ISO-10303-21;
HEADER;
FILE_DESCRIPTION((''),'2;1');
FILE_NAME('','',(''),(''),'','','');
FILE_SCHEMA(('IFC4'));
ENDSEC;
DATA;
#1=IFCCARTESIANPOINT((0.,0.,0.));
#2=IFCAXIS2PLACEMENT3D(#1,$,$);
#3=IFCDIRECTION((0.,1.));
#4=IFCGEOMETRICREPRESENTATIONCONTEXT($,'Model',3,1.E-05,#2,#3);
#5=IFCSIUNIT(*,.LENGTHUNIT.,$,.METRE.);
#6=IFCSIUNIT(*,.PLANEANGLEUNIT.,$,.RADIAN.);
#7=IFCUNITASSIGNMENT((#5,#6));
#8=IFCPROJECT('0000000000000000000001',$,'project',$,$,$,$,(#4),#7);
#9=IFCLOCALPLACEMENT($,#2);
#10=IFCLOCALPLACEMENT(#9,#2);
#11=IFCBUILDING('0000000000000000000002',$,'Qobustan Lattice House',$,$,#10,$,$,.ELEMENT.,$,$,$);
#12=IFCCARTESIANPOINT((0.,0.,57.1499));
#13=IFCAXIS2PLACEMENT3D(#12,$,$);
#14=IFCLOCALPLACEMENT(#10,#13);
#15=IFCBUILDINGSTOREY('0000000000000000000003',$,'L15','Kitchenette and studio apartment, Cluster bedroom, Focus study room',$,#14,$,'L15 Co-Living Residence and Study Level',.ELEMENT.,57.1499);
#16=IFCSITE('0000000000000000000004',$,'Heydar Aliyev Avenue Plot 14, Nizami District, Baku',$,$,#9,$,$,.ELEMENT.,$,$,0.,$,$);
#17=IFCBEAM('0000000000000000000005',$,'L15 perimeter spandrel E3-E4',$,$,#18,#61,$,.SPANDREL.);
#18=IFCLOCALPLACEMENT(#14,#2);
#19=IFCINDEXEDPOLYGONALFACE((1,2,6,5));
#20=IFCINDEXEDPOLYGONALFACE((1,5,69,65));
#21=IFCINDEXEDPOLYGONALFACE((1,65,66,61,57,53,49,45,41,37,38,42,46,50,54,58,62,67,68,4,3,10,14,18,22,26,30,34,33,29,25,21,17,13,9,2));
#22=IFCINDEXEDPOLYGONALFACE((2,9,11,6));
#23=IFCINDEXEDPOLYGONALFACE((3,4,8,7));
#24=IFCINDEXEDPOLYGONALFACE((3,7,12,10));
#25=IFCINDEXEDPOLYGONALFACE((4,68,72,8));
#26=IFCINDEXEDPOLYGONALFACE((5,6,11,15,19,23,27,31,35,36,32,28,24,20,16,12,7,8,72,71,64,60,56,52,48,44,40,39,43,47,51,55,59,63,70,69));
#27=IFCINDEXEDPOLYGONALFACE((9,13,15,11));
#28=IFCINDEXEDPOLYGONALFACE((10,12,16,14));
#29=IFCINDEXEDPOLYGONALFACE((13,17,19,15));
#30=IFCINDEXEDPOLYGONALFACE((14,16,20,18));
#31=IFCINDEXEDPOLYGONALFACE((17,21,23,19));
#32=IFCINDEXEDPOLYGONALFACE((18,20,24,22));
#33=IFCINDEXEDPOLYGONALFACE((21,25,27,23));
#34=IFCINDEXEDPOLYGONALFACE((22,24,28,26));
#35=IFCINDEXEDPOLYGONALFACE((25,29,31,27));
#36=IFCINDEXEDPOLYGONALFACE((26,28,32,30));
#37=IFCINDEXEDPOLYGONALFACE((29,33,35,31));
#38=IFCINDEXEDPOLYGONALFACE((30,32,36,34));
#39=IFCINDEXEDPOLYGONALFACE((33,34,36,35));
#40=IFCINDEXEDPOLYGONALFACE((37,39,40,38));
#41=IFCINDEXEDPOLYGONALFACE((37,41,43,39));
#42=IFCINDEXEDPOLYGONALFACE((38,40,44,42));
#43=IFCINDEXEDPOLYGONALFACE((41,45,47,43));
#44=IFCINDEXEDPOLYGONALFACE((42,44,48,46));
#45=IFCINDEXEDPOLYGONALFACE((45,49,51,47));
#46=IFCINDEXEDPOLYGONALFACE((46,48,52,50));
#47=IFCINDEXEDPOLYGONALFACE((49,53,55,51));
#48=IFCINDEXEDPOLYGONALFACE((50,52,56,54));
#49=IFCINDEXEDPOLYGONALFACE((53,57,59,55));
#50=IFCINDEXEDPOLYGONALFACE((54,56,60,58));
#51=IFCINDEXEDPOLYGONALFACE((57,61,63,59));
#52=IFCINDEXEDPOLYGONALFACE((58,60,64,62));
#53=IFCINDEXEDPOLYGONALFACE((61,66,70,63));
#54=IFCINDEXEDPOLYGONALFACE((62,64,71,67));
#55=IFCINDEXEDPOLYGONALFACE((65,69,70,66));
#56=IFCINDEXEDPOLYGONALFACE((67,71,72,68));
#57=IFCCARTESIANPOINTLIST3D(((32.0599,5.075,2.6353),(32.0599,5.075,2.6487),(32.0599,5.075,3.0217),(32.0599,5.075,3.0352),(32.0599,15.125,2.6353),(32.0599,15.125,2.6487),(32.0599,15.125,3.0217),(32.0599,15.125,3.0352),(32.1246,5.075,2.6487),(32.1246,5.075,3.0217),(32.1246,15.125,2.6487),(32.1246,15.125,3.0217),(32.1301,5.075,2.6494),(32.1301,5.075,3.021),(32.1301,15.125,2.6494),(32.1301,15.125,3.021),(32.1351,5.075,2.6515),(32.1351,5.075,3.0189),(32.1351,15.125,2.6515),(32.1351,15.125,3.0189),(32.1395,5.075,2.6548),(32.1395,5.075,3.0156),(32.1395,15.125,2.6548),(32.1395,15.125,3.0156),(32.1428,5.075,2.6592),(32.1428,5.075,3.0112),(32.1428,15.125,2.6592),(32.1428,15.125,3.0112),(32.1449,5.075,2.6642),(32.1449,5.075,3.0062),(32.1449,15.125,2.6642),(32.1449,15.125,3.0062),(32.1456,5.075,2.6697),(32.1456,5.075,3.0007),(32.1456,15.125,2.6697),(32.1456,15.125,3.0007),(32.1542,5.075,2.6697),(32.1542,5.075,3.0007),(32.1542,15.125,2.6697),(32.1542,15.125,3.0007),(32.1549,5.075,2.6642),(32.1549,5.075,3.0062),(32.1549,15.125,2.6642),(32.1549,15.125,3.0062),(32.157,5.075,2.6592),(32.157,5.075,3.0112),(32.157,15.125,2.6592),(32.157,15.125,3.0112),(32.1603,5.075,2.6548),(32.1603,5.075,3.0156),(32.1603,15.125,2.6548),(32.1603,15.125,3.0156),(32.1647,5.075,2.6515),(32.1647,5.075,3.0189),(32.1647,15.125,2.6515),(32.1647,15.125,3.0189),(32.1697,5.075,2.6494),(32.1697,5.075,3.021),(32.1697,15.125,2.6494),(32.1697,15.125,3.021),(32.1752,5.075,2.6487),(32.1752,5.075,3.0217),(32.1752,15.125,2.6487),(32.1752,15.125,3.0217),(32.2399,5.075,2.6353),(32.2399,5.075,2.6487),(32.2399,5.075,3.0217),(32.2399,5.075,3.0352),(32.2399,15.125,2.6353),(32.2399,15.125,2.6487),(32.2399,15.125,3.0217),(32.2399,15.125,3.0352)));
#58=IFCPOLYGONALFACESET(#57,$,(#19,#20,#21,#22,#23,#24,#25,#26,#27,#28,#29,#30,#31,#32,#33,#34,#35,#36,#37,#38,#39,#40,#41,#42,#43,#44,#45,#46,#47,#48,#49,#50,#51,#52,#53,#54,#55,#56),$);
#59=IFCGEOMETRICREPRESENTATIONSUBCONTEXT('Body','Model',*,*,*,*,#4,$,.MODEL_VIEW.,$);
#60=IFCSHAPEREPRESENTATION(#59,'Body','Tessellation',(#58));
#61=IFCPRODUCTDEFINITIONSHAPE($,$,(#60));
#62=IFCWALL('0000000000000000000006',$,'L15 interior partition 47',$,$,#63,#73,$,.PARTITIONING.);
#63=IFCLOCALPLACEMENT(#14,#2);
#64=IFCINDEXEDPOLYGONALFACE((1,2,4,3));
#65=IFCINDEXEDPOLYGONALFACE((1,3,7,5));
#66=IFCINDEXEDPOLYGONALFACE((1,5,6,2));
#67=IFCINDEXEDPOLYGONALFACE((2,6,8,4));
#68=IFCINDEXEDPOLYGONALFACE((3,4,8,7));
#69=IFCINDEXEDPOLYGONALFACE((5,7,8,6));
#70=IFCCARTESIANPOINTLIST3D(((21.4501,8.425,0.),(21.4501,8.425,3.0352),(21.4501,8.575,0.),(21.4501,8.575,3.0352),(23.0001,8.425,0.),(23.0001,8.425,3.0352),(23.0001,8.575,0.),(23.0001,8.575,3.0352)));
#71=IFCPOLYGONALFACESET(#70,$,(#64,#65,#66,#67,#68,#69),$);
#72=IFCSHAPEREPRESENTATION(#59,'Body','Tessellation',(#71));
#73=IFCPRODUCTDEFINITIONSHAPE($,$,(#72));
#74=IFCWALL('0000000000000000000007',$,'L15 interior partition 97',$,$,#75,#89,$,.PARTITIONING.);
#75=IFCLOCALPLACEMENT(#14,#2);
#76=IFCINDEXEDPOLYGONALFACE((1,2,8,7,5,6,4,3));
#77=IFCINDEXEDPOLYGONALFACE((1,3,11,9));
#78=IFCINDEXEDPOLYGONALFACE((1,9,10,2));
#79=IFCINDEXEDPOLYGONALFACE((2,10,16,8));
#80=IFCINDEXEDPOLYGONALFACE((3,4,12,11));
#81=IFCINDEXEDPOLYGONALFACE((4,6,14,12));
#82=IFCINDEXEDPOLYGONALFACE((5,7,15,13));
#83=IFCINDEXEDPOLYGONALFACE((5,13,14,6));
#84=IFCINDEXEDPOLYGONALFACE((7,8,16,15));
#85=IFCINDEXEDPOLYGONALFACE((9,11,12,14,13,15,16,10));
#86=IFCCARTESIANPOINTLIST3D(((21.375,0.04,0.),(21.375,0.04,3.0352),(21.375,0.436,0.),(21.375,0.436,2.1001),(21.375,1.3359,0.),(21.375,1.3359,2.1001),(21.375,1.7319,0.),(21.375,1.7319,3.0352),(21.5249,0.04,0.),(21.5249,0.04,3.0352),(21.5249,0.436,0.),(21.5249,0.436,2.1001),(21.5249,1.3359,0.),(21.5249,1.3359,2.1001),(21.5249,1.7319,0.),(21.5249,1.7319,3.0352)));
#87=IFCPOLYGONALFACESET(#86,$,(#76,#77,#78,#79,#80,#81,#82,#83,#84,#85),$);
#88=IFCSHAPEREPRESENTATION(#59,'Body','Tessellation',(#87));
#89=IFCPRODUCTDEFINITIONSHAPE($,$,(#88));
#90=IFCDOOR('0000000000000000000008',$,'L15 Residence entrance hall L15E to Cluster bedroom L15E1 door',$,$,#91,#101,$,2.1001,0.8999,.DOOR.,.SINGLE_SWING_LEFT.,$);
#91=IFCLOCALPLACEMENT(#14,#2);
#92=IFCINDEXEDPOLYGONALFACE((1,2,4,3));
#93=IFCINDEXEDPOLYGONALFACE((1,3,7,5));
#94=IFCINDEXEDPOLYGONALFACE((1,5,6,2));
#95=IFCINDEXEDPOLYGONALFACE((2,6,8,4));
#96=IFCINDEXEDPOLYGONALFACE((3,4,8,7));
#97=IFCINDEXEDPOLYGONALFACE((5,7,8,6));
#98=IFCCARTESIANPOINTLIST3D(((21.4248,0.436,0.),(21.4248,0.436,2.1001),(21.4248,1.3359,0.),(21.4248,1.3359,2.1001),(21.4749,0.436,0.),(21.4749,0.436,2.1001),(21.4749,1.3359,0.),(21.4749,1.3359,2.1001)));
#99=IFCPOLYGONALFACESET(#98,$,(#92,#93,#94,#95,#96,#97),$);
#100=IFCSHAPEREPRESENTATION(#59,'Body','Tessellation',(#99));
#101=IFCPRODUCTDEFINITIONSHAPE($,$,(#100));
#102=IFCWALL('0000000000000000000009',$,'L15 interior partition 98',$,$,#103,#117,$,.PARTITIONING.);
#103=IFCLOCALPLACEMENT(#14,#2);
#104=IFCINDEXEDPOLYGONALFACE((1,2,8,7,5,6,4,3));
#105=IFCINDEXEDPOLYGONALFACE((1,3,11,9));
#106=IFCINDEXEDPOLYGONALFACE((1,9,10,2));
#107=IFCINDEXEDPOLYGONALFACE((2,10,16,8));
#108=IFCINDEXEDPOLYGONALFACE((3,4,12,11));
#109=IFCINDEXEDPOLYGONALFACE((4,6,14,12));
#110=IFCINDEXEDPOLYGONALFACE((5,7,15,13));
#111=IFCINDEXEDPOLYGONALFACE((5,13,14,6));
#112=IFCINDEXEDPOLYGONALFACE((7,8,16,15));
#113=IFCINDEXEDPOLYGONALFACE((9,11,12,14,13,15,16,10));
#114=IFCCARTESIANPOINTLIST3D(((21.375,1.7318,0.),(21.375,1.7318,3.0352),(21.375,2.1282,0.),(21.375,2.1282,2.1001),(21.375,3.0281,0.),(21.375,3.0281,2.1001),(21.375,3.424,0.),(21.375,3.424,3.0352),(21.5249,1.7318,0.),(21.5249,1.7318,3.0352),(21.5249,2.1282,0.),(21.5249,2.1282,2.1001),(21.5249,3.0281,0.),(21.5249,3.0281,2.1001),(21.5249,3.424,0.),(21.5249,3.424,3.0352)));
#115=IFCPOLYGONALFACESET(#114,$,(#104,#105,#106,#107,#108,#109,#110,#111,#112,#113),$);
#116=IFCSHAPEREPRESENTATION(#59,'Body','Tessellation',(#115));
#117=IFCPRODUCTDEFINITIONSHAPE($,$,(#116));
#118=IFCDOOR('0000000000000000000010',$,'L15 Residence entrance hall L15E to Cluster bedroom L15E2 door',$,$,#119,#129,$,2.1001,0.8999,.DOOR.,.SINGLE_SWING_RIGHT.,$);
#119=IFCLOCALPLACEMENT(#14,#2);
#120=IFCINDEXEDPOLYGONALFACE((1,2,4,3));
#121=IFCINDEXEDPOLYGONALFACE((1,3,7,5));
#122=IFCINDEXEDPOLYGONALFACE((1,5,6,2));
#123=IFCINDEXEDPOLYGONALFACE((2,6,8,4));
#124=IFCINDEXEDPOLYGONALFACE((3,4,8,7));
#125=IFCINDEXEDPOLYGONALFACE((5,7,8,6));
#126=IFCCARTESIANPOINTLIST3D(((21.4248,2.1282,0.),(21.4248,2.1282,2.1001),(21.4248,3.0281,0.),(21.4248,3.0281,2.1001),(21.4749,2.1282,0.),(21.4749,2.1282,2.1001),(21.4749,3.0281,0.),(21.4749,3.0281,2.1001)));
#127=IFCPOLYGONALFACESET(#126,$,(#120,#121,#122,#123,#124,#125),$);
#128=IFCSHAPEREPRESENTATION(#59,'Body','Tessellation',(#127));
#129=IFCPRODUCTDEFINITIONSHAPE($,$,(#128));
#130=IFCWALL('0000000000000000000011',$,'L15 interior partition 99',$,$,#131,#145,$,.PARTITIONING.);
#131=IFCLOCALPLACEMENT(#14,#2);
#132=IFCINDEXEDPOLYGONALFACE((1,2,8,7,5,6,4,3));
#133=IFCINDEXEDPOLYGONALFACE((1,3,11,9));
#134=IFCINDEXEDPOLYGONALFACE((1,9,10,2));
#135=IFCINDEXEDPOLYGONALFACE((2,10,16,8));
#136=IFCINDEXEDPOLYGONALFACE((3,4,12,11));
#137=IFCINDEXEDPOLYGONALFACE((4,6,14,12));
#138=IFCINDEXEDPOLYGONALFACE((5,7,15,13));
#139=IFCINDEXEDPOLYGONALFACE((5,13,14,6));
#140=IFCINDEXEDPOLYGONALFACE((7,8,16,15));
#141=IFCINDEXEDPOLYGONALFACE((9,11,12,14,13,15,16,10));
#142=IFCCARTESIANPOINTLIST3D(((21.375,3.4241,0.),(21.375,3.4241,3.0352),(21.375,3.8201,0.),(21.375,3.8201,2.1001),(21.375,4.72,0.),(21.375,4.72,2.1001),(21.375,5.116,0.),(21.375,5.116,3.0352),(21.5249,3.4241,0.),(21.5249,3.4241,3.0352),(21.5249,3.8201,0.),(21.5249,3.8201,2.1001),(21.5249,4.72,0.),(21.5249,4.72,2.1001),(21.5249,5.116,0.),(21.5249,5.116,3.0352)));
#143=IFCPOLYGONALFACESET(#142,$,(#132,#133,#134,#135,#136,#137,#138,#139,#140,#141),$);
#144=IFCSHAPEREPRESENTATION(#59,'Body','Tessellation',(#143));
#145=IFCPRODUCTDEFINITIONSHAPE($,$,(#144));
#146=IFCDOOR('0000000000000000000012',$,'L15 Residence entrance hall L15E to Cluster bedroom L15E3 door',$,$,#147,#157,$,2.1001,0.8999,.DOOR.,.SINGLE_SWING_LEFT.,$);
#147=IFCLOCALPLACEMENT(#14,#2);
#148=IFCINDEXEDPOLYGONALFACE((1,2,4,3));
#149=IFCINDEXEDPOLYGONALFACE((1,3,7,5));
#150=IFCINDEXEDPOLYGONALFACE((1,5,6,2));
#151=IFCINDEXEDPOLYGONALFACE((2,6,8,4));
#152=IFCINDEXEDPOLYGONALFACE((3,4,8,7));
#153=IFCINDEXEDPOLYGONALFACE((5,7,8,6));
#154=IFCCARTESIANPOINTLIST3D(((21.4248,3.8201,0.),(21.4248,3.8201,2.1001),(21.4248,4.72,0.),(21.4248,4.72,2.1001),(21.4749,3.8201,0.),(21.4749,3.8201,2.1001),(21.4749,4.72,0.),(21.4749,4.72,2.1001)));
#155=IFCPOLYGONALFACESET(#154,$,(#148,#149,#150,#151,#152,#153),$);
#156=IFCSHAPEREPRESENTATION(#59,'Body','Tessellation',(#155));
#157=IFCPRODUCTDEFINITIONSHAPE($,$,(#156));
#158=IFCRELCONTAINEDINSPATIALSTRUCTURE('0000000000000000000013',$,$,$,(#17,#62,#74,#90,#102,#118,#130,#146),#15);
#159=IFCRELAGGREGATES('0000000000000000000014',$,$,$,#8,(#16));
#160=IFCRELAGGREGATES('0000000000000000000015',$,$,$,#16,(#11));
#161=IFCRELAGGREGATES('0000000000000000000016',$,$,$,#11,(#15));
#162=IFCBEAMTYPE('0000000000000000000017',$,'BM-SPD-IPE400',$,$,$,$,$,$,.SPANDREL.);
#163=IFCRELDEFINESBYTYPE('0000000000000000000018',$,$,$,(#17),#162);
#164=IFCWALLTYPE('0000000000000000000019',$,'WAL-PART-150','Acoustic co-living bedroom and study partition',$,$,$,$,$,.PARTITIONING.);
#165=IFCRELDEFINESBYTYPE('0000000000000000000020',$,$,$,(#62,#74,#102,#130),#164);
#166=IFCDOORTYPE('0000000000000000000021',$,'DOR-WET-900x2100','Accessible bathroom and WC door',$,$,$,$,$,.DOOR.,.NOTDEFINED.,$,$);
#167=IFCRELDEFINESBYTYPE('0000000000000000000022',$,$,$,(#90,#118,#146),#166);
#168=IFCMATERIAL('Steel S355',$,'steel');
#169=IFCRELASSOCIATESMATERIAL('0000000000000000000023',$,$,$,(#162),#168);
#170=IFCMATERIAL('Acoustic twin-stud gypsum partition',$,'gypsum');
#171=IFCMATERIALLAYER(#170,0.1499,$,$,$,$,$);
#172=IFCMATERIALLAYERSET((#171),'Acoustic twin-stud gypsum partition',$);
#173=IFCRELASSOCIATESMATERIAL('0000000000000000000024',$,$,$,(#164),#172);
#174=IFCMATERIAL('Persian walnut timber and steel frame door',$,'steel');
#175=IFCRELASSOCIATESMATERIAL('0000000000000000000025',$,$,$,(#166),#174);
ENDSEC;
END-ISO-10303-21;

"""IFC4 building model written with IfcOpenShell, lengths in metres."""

from ifc_helpers import new_model, si_unit, direction, frame, frame_2d, origin, origin_2d, place, context, subcontext, project, spatial, rectangle, i_section, extrude, material, layer, layer_set, material_profile, profile_set, type_object, element, fill, save


model = new_model("IFC4")

# Units and contexts
model_context = context("Model", 3, precision=1e-05, world=origin(), true_north=direction((0.0, 1.0)))
body_context = subcontext(model_context, "Body", "Model", "MODEL_VIEW")
ifc_project = project(units=[si_unit("LENGTHUNIT", "METRE"), si_unit("PLANEANGLEUNIT", "RADIAN")], contexts=[model_context])

# Site, building, storey
site_placement = place(None, origin())
site = spatial("IfcSite", under=ifc_project, at=site_placement, Name="Heydar Aliyev Avenue Plot 14, Nizami District, Baku", CompositionType="ELEMENT", RefElevation=0.0)
building_placement = place(site_placement, origin())
building = spatial("IfcBuilding", under=site, at=building_placement, Name="Qobustan Lattice House", CompositionType="ELEMENT")
storey_placement = place(building_placement, frame((0.0, 0.0, 57.1499)))
storey = spatial("IfcBuildingStorey", under=building, at=storey_placement, Name="L15", Description="Kitchenette and studio apartment, Cluster bedroom, Focus study room", LongName="L15 Co-Living Residence and Study Level", CompositionType="ELEMENT", Elevation=57.1499)

# Beam
ifc_material_1 = material(Name="Steel S355", Category="steel")
ifc_material_profile_1 = material_profile(ifc_material_1, i_section(OverallWidth=0.1799, OverallDepth=0.3999, WebThickness=0.0085, FlangeThickness=0.0134, FilletRadius=0.021, at=origin_2d()), Name="IPE400")
ifc_profile_set_1 = profile_set([ifc_material_profile_1], Name="Steel S355")
beam_type_1 = type_object("IfcBeamType", Name="BM-SPD-IPE400", PredefinedType="SPANDREL", material=ifc_profile_set_1)
beam_1_placement = place(storey_placement, frame((32.1499, 5.075, 2.8352), z_axis=(0.0, 1.0, 0.0), x_axis=(-1.0, 0.0, 0.0)))
element("IfcBeam", 1, at=beam_1_placement, inside=storey, type_object=beam_type_1, Name="L15 perimeter spandrel E3-E4", PredefinedType="SPANDREL", context=body_context, shape_type="SweptSolid", body=[
    extrude(i_section(OverallWidth=0.1799, OverallDepth=0.3999, WebThickness=0.0085, FlangeThickness=0.0134, FilletRadius=0.021, at=origin_2d()), origin(), (0.0, 0.0, 1.0), 10.05),
])

# Wall
ifc_material_2 = material(Name="Acoustic twin-stud gypsum partition", Category="gypsum")
ifc_layer_1 = layer(ifc_material_2, 0.1499)
ifc_layer_set_1 = layer_set([ifc_layer_1], Name="Acoustic twin-stud gypsum partition")
wall_type_1 = type_object("IfcWallType", Name="WAL-PART-150", Description="Acoustic co-living bedroom and study partition", PredefinedType="PARTITIONING", material=ifc_layer_set_1)
wall_1_placement = place(storey_placement, frame((23.0, 8.5, 0.0), z_axis=(0.0, 0.0, 1.0), x_axis=(-1.0, 0.0, 0.0)))
element("IfcWall", 2, at=wall_1_placement, inside=storey, type_object=wall_type_1, Name="L15 interior partition 47", PredefinedType="PARTITIONING", context=body_context, shape_type="SweptSolid", body=[
    extrude(rectangle(XDim=1.55, YDim=0.1499, at=frame_2d((0.7749, 0.0))), origin(), (0.0, 0.0, 1.0), 3.0352),
])

# Walls, openings, doors
wall_2_placement = place(storey_placement, frame((21.45, 1.7319, 0.0), z_axis=(0.0, 0.0, 1.0), x_axis=(0.0, -1.0, 0.0)))
wall_2 = element("IfcWall", 3, at=wall_2_placement, inside=storey, type_object=wall_type_1, Name="L15 interior partition 97", PredefinedType="PARTITIONING", context=body_context, shape_type="SweptSolid", body=[
    extrude(rectangle(XDim=1.6919, YDim=0.1499, at=frame_2d((0.8459, 0.0))), origin(), (0.0, 0.0, 1.0), 3.0352),
])
opening_1_placement = place(wall_2_placement, frame((0.396, 0.0, 0.0)))
opening_1 = element("IfcOpeningElement", 4, at=opening_1_placement, cuts=wall_2, PredefinedType="OPENING", context=body_context, shape_type="SweptSolid", body=[
    extrude(rectangle(XDim=0.8999, YDim=2.1001, at=frame_2d((0.45, 1.05))), frame((0.0, 0.085, 0.0), z_axis=(0.0, -1.0, 0.0), x_axis=(1.0, 0.0, 0.0)), (0.0, 0.0, 1.0), 0.1699),
])
ifc_material_3 = material(Name="Persian walnut timber and steel frame door", Category="steel")
door_type_1 = type_object("IfcDoorType", Name="DOR-WET-900x2100", Description="Accessible bathroom and WC door", OperationType="NOTDEFINED", PredefinedType="DOOR", material=ifc_material_3)
door_1_placement = place(opening_1_placement, origin())
door_1 = element("IfcDoor", 5, at=door_1_placement, inside=storey, type_object=door_type_1, Name="L15 Residence entrance hall L15E to Cluster bedroom L15E1 door", OperationType="SINGLE_SWING_LEFT", OverallHeight=2.1001, OverallWidth=0.8999, PredefinedType="DOOR", context=body_context, shape_type="SweptSolid", body=[
    extrude(rectangle(XDim=0.8999, YDim=2.1001, at=frame_2d((0.45, 1.05))), frame((0.0, 0.0249, 0.0), z_axis=(0.0, -1.0, 0.0), x_axis=(1.0, 0.0, 0.0)), (0.0, 0.0, 1.0), 0.05),
])
fill(opening_1, door_1)
wall_3_placement = place(storey_placement, frame((21.45, 3.4241, 0.0), z_axis=(0.0, 0.0, 1.0), x_axis=(0.0, -1.0, 0.0)))
wall_3 = element("IfcWall", 6, at=wall_3_placement, inside=storey, type_object=wall_type_1, Name="L15 interior partition 98", PredefinedType="PARTITIONING", context=body_context, shape_type="SweptSolid", body=[
    extrude(rectangle(XDim=1.6921, YDim=0.1499, at=frame_2d((0.8462, 0.0))), origin(), (0.0, 0.0, 1.0), 3.0352),
])
opening_2_placement = place(wall_3_placement, frame((0.396, 0.0, 0.0)))
opening_2 = element("IfcOpeningElement", 7, at=opening_2_placement, cuts=wall_3, PredefinedType="OPENING", context=body_context, shape_type="SweptSolid", body=[
    extrude(rectangle(XDim=0.8999, YDim=2.1001, at=frame_2d((0.45, 1.05))), frame((0.0, 0.085, 0.0), z_axis=(0.0, -1.0, 0.0), x_axis=(1.0, 0.0, 0.0)), (0.0, 0.0, 1.0), 0.1699),
])
door_2_placement = place(opening_2_placement, origin())
door_2 = element("IfcDoor", 8, at=door_2_placement, inside=storey, type_object=door_type_1, Name="L15 Residence entrance hall L15E to Cluster bedroom L15E2 door", OperationType="SINGLE_SWING_RIGHT", OverallHeight=2.1001, OverallWidth=0.8999, PredefinedType="DOOR", context=body_context, shape_type="SweptSolid", body=[
    extrude(rectangle(XDim=0.8999, YDim=2.1001, at=frame_2d((0.45, 1.05))), frame((0.0, 0.0249, 0.0), z_axis=(0.0, -1.0, 0.0), x_axis=(1.0, 0.0, 0.0)), (0.0, 0.0, 1.0), 0.05),
])
fill(opening_2, door_2)
wall_4_placement = place(storey_placement, frame((21.45, 5.116, 0.0), z_axis=(0.0, 0.0, 1.0), x_axis=(0.0, -1.0, 0.0)))
wall_4 = element("IfcWall", 9, at=wall_4_placement, inside=storey, type_object=wall_type_1, Name="L15 interior partition 99", PredefinedType="PARTITIONING", context=body_context, shape_type="SweptSolid", body=[
    extrude(rectangle(XDim=1.6919, YDim=0.1499, at=frame_2d((0.8459, 0.0))), origin(), (0.0, 0.0, 1.0), 3.0352),
])
opening_3_placement = place(wall_4_placement, frame((0.396, 0.0, 0.0)))
opening_3 = element("IfcOpeningElement", 10, at=opening_3_placement, cuts=wall_4, PredefinedType="OPENING", context=body_context, shape_type="SweptSolid", body=[
    extrude(rectangle(XDim=0.8999, YDim=2.1001, at=frame_2d((0.45, 1.05))), frame((0.0, 0.085, 0.0), z_axis=(0.0, -1.0, 0.0), x_axis=(1.0, 0.0, 0.0)), (0.0, 0.0, 1.0), 0.1699),
])
door_3_placement = place(opening_3_placement, origin())
door_3 = element("IfcDoor", 11, at=door_3_placement, inside=storey, type_object=door_type_1, Name="L15 Residence entrance hall L15E to Cluster bedroom L15E3 door", OperationType="SINGLE_SWING_LEFT", OverallHeight=2.1001, OverallWidth=0.8999, PredefinedType="DOOR", context=body_context, shape_type="SweptSolid", body=[
    extrude(rectangle(XDim=0.8999, YDim=2.1001, at=frame_2d((0.45, 1.05))), frame((0.0, 0.0249, 0.0), z_axis=(0.0, -1.0, 0.0), x_axis=(1.0, 0.0, 0.0)), (0.0, 0.0, 1.0), 0.05),
])
fill(opening_3, door_3)

save(model, "model.ifc")
